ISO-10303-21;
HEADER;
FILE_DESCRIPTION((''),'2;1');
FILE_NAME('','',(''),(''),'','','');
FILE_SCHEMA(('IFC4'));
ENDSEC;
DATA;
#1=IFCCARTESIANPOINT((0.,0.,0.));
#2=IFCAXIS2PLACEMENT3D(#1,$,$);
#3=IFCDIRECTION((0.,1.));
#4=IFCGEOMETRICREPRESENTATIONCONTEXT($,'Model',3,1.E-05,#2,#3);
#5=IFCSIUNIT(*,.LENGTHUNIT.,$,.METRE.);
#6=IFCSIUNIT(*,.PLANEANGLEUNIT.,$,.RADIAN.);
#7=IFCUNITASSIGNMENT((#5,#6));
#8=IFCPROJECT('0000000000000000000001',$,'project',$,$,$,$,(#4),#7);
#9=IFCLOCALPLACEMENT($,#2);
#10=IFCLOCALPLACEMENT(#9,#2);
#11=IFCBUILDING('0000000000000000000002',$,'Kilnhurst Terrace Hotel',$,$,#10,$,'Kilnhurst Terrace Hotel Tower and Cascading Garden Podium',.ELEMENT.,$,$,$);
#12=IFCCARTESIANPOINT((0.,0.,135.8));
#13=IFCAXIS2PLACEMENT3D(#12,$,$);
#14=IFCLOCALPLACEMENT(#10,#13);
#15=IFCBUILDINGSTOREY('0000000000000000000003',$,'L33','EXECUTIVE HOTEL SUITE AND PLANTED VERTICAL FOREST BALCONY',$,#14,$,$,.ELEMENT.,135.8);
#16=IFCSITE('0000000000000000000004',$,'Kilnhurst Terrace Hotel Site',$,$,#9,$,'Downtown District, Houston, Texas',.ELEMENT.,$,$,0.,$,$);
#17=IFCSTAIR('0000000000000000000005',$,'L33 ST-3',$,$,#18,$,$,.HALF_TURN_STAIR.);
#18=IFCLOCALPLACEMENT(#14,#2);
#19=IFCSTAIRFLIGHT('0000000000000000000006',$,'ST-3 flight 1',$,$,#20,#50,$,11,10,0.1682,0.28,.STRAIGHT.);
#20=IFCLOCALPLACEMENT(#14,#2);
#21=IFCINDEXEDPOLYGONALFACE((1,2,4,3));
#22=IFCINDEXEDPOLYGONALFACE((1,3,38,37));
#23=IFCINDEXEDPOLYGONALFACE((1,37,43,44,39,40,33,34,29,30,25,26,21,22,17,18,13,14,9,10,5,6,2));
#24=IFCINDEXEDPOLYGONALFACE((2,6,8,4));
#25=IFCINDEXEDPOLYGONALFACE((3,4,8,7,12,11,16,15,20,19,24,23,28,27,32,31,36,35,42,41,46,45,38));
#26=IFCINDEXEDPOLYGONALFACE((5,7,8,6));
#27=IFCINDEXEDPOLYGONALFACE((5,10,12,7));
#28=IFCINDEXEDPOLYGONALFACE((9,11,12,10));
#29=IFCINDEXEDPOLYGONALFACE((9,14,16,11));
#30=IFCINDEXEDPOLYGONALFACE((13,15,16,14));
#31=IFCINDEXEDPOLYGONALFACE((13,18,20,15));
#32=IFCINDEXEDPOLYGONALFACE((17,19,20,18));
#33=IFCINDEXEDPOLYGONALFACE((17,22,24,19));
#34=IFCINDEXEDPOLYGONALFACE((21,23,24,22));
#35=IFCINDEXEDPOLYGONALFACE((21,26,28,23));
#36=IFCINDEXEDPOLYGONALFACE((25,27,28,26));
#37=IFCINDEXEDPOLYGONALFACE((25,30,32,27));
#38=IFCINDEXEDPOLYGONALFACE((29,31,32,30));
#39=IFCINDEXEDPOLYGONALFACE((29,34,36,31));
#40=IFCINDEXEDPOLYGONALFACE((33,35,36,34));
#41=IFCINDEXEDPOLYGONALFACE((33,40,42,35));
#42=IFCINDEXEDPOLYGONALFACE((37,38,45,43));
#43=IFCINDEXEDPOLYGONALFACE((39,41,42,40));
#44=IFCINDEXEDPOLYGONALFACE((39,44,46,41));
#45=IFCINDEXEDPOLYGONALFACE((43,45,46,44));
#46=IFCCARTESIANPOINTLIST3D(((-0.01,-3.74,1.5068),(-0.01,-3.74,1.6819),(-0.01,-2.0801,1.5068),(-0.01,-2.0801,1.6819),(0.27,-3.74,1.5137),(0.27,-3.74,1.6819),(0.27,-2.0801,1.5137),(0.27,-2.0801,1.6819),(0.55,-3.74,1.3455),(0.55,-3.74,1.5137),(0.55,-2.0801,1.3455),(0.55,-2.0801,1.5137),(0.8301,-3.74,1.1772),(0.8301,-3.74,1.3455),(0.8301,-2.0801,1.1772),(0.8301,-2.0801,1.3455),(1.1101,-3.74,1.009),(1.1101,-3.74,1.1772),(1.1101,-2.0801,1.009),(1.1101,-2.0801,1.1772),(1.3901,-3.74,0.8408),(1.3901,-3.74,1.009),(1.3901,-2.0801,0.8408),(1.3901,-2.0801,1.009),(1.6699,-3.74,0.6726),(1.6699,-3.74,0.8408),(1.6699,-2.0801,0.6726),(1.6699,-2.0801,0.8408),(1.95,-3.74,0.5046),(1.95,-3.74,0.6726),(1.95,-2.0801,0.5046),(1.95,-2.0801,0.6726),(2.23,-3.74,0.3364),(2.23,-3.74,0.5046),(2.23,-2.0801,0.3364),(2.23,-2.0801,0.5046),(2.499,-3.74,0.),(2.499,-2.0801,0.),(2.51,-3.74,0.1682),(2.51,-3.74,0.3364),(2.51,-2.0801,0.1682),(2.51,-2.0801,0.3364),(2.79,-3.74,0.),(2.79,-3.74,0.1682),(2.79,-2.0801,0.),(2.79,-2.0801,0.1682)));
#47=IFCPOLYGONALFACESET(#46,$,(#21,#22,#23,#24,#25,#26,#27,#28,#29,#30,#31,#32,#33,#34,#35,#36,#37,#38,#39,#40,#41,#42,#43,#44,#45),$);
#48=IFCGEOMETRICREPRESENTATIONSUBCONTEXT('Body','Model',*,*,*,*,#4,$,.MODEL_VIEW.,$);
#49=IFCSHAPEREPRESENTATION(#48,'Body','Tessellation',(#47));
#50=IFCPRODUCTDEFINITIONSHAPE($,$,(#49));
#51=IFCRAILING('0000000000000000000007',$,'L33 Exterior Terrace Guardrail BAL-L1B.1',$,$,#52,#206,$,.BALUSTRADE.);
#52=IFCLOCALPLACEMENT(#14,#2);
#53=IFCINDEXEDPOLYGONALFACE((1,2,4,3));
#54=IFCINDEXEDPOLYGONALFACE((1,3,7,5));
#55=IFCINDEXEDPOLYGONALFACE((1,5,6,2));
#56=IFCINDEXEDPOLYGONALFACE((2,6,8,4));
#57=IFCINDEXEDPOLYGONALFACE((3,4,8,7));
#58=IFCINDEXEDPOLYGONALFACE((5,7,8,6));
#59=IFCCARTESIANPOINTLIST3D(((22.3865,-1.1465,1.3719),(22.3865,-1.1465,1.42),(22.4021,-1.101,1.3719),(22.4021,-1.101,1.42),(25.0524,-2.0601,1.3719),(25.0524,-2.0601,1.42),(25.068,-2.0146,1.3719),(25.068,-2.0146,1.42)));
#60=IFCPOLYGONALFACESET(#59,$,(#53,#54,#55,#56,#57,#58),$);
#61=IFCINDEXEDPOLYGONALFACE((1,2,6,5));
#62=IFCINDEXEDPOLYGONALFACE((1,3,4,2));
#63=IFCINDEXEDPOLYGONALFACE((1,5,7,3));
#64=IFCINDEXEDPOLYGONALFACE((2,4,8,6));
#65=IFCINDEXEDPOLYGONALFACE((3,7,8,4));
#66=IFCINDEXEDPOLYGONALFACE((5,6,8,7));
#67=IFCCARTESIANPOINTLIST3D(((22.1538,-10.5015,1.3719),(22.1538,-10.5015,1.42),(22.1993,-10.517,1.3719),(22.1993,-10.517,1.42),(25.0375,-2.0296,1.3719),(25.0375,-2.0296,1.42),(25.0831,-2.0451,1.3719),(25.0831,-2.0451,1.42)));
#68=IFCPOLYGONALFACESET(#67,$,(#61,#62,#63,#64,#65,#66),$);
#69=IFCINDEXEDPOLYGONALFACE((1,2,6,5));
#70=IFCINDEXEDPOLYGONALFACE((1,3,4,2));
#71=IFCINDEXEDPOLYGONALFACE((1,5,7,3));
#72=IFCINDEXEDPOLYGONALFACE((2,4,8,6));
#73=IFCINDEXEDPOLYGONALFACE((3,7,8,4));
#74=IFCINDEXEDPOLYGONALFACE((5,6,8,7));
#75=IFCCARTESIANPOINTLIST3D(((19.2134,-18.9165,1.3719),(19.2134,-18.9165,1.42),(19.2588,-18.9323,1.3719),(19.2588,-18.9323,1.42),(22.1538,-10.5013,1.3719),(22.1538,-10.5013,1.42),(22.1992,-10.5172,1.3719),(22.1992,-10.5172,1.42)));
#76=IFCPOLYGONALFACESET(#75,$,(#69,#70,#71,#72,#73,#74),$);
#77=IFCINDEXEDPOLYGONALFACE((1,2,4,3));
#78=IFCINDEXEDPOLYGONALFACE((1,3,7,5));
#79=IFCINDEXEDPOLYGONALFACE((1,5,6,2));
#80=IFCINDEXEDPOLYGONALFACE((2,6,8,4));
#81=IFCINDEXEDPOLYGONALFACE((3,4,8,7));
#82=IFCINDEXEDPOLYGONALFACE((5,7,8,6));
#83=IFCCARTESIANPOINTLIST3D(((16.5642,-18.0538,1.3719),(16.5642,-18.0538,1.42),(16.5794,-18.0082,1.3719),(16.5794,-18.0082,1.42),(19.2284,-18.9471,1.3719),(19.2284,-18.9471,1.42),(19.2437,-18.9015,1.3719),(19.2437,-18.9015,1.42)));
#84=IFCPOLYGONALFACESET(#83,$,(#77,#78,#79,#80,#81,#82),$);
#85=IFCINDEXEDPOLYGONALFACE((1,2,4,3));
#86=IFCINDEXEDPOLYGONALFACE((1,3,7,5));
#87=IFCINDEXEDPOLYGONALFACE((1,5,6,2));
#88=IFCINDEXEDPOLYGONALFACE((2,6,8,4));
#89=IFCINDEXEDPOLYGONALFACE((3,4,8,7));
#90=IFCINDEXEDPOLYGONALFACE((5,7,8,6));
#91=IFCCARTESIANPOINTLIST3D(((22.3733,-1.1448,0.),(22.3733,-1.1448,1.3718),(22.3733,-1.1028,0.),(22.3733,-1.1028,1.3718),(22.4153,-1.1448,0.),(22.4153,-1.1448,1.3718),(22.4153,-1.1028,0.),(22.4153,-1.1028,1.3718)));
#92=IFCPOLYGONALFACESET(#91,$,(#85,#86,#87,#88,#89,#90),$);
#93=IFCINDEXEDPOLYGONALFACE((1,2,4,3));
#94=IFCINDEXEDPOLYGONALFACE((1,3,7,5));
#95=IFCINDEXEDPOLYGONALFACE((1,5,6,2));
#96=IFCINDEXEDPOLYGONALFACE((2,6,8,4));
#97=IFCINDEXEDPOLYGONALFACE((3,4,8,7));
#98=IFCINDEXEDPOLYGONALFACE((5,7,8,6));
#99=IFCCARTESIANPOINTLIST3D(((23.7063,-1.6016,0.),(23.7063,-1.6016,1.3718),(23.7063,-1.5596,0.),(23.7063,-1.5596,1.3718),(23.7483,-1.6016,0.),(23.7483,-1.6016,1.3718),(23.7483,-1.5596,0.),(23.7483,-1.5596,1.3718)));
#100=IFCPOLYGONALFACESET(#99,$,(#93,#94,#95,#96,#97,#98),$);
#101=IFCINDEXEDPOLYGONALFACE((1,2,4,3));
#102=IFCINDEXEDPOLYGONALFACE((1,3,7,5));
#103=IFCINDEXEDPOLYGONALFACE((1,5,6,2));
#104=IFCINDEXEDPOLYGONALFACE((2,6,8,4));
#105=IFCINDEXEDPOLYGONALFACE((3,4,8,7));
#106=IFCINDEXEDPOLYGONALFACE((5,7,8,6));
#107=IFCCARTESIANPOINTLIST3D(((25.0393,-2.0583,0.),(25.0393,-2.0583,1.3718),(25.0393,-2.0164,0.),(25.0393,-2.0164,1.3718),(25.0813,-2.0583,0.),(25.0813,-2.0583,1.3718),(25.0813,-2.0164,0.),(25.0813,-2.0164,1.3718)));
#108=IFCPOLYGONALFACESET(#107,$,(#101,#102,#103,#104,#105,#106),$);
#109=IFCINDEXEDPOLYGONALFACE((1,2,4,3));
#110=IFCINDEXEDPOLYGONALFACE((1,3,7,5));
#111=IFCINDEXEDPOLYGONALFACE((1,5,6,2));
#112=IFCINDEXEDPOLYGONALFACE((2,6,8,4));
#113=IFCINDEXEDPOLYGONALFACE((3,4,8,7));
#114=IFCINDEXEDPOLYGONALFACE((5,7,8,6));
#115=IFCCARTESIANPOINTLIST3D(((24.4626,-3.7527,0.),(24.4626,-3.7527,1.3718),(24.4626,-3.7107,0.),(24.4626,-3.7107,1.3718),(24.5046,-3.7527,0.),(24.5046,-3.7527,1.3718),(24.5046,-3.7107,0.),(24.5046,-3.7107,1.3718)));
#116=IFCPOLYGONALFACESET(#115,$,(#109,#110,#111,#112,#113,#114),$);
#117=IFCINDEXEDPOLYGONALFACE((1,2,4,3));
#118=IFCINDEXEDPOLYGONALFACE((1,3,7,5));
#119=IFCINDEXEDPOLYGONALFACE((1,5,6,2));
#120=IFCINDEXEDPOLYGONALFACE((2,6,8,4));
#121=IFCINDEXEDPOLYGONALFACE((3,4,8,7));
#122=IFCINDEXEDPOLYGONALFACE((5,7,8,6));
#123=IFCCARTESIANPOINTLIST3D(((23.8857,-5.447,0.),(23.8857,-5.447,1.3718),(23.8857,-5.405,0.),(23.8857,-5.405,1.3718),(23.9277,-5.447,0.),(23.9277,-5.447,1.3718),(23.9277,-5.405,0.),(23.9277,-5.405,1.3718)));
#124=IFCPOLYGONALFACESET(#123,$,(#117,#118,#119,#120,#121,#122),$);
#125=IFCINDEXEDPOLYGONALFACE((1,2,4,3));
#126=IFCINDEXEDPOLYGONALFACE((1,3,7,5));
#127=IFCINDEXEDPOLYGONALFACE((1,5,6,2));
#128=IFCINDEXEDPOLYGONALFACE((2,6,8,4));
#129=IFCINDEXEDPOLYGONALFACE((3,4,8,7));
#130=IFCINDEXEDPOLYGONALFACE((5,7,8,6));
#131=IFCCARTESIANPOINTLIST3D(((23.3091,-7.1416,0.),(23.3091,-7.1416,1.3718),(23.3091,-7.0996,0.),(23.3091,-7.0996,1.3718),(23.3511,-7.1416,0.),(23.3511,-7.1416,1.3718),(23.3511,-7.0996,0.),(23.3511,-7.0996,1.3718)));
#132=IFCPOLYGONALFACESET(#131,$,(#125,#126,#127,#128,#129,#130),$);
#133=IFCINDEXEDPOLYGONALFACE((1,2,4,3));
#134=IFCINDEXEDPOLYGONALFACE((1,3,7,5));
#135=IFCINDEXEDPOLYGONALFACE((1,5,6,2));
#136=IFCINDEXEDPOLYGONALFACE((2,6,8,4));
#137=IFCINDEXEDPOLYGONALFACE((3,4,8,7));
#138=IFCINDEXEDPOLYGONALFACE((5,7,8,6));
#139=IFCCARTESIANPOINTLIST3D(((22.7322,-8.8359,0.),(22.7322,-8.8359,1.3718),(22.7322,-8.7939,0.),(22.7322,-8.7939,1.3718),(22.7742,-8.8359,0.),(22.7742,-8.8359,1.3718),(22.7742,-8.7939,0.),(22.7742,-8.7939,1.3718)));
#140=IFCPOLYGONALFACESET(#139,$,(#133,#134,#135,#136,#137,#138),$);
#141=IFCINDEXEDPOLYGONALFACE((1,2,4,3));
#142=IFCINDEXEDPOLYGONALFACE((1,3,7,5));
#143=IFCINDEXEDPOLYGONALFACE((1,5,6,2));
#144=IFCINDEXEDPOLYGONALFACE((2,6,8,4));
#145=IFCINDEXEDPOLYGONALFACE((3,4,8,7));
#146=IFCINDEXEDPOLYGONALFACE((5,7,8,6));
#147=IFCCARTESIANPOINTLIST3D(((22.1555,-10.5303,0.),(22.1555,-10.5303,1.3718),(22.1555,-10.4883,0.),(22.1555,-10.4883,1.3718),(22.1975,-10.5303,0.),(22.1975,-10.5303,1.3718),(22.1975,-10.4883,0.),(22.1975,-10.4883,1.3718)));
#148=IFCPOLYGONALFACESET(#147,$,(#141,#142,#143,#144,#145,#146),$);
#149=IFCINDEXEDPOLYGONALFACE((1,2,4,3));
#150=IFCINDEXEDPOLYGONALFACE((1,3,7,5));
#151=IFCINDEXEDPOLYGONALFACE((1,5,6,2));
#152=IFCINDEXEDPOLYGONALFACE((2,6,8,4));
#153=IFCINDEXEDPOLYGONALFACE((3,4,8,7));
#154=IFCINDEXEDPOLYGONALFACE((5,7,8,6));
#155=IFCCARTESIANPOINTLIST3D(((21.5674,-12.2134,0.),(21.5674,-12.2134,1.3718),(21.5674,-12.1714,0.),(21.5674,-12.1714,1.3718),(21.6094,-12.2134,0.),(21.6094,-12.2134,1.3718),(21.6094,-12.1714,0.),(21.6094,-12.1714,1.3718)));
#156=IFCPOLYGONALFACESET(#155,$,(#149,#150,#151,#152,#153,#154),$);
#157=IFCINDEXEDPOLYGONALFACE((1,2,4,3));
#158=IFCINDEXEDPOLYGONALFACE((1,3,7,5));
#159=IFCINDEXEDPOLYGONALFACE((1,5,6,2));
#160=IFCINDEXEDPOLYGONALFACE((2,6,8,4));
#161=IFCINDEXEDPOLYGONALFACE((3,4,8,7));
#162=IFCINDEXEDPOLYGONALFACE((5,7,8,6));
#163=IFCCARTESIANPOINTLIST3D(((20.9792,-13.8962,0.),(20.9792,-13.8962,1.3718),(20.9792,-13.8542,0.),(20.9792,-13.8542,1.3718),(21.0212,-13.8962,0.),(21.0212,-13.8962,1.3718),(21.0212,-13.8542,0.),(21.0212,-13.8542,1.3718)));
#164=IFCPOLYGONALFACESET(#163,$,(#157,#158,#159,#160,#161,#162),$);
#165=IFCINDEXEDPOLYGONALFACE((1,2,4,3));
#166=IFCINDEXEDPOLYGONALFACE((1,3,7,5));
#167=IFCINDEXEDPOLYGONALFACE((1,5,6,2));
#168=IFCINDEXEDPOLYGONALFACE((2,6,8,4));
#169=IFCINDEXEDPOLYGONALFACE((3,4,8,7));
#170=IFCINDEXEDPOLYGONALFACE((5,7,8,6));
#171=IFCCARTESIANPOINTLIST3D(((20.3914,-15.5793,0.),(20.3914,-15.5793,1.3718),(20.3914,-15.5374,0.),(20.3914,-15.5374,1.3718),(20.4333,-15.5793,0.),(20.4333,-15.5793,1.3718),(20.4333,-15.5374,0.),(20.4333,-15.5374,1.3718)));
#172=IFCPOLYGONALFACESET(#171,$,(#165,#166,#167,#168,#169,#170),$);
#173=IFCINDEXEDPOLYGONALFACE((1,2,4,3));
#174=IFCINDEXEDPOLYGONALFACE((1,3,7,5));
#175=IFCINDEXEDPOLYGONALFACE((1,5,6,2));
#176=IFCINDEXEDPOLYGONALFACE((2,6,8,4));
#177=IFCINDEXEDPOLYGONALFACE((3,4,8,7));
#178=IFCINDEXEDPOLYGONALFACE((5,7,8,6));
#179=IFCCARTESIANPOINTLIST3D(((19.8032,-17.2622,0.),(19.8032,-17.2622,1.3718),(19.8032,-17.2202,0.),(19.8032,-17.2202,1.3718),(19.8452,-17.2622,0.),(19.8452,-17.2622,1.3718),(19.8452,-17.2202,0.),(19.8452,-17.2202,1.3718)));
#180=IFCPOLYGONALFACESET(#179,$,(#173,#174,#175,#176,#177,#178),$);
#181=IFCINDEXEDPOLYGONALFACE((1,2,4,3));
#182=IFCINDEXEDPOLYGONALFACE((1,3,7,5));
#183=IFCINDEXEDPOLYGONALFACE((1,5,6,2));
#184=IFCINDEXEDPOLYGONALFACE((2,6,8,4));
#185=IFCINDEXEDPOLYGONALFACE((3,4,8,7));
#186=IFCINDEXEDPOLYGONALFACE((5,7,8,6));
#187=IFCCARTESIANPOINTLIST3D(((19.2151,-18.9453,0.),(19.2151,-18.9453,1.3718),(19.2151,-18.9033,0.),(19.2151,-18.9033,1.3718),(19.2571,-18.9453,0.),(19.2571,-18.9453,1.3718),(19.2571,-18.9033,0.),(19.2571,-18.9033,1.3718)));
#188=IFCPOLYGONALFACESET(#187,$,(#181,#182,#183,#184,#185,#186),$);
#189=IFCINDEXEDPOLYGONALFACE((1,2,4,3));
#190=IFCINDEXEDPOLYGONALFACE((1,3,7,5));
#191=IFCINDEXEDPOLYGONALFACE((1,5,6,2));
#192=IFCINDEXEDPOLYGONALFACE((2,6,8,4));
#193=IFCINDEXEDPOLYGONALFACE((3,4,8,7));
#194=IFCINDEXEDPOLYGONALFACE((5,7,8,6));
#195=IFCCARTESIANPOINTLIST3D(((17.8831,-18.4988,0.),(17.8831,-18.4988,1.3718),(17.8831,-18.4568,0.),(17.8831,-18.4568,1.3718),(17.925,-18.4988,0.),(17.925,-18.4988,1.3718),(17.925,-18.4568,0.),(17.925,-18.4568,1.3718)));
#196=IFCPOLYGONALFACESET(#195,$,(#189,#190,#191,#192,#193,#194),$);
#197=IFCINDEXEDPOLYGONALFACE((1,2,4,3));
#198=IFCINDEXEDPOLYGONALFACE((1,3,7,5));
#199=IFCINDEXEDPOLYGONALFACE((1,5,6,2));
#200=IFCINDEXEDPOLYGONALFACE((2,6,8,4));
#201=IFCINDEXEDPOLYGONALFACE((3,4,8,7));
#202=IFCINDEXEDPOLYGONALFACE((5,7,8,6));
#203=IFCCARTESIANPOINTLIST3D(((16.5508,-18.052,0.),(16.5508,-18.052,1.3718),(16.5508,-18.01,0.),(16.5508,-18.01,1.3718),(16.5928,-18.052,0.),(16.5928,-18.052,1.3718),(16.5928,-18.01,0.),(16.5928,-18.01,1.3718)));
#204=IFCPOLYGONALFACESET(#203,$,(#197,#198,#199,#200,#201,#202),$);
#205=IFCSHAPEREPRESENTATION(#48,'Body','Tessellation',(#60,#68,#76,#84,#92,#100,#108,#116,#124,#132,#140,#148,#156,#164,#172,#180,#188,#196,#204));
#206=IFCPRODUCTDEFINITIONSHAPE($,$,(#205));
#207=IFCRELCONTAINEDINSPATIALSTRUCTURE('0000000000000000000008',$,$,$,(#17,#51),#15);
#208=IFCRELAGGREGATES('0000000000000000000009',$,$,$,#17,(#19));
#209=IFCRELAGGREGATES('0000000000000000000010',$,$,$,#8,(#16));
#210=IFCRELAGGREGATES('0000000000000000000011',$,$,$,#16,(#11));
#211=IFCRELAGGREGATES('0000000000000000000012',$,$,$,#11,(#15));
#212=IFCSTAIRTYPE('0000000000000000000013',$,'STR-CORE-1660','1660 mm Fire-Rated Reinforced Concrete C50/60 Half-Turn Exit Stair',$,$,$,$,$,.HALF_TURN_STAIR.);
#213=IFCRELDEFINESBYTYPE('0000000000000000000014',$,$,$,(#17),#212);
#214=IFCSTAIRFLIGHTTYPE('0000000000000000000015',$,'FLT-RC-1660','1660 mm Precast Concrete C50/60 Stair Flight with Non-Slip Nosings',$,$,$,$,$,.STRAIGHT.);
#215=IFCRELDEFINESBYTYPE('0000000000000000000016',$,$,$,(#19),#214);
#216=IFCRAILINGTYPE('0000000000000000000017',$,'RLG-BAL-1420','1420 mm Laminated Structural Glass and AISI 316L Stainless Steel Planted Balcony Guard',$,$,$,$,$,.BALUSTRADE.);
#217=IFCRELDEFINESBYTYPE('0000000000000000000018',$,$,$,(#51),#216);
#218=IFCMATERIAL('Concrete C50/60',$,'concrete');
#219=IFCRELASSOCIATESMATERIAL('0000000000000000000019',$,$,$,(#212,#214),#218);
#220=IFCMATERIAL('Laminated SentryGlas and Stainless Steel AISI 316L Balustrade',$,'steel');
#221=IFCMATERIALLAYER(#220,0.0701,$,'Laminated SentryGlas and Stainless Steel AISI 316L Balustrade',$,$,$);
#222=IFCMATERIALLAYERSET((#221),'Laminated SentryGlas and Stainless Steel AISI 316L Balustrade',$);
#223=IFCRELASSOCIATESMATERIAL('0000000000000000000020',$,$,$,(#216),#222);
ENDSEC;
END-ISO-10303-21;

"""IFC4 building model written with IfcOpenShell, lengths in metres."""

from ifc_helpers import new_model, si_unit, direction, frame, origin, origin_2d, place, context, subcontext, project, spatial, polyline, rectangle, outline, extrude, material, layer, layer_set, type_object, element, aggregate, save


model = new_model("IFC4")

# Units and contexts
model_context = context("Model", 3, precision=1e-05, world=origin(), true_north=direction((0.0, 1.0)))
body_context = subcontext(model_context, "Body", "Model", "MODEL_VIEW")
ifc_project = project(units=[si_unit("LENGTHUNIT", "METRE"), si_unit("PLANEANGLEUNIT", "RADIAN")], contexts=[model_context])

# Site, building, storey
site_placement = place(None, origin())
site = spatial("IfcSite", under=ifc_project, at=site_placement, Name="Kilnhurst Terrace Hotel Site", LongName="Downtown District, Houston, Texas", CompositionType="ELEMENT", RefElevation=0.0)
building_placement = place(site_placement, origin())
building = spatial("IfcBuilding", under=site, at=building_placement, Name="Kilnhurst Terrace Hotel", LongName="Kilnhurst Terrace Hotel Tower and Cascading Garden Podium", CompositionType="ELEMENT")
storey_placement = place(building_placement, frame((0.0, 0.0, 135.8)))
storey = spatial("IfcBuildingStorey", under=building, at=storey_placement, Name="L33", Description="EXECUTIVE HOTEL SUITE AND PLANTED VERTICAL FOREST BALCONY", CompositionType="ELEMENT", Elevation=135.8)

# Shared definitions
ifc_material_1 = material(Name="Concrete C50/60", Category="concrete")

# Stair, stair flight
stair_type = type_object("IfcStairType", Name="STR-CORE-1660", Description="1660 mm Fire-Rated Reinforced Concrete C50/60 Half-Turn Exit Stair", PredefinedType="HALF_TURN_STAIR", material=ifc_material_1)
stair_flight_type = type_object("IfcStairFlightType", Name="FLT-RC-1660", Description="1660 mm Precast Concrete C50/60 Stair Flight with Non-Slip Nosings", PredefinedType="STRAIGHT", material=ifc_material_1)
stair_1_placement = place(storey_placement, origin())
stair_1 = element("IfcStair", 1, at=stair_1_placement, inside=storey, type_object=stair_type, Name="L33 ST-3", PredefinedType="HALF_TURN_STAIR")
stair_flight_1_placement = place(storey_placement, frame((2.79, -2.9099, 0.0), z_axis=(0.0, 0.0, 1.0), x_axis=(-1.0, 0.0, 0.0)))
stair_flight_1 = element("IfcStairFlight", 2, at=stair_flight_1_placement, type_object=stair_flight_type, Name="ST-3 flight 1", NumberOfRisers=11, NumberOfTreads=10, PredefinedType="STRAIGHT", RiserHeight=0.1682, TreadLength=0.28, context=body_context, shape_type="SweptSolid", body=[
    extrude(outline(polyline([(0.0, 0.0), (0.0, 0.1682), (0.28, 0.1682), (0.28, 0.3364), (0.5601, 0.3364), (0.5601, 0.5046), (0.8401, 0.5046), (0.8401, 0.6726), (1.1201, 0.6726), (1.1201, 0.8408), (1.3999, 0.8408), (1.3999, 1.009), (1.6799, 1.009), (1.6799, 1.1772), (1.96, 1.1772), (1.96, 1.3455), (2.24, 1.3455), (2.24, 1.5137), (2.52, 1.5137), (2.52, 1.6819), (2.8, 1.6819), (2.8, 1.8501), (2.8, 1.5068), (0.291, 0.0), (0.0, 0.0)])), frame((0.0, 0.8301, 0.0), z_axis=(0.0, -1.0, 0.0), x_axis=(1.0, 0.0, 0.0)), (0.0, 0.0, 1.0), 1.6599),
])
aggregate(stair_1, [stair_flight_1])

# Railing
ifc_material_2 = material(Name="Laminated SentryGlas and Stainless Steel AISI 316L Balustrade", Category="steel")
ifc_layer_1 = layer(ifc_material_2, 0.0701, Name="Laminated SentryGlas and Stainless Steel AISI 316L Balustrade")
ifc_layer_set_1 = layer_set([ifc_layer_1], Name="Laminated SentryGlas and Stainless Steel AISI 316L Balustrade")
railing_type_1 = type_object("IfcRailingType", Name="RLG-BAL-1420", Description="1420 mm Laminated Structural Glass and AISI 316L Stainless Steel Planted Balcony Guard", PredefinedType="BALUSTRADE", material=ifc_layer_set_1)
railing_1_placement = place(storey_placement, frame((22.3943, -1.1238, 0.0)))
element("IfcRailing", 3, at=railing_1_placement, inside=storey, type_object=railing_type_1, Name="L33 Exterior Terrace Guardrail BAL-L1B.1", PredefinedType="BALUSTRADE", context=body_context, shape_type="SweptSolid", body=[
    extrude(rectangle(XDim=0.0481, YDim=0.0481, at=origin_2d()), frame((0.0, 0.0, 1.396), z_axis=(0.945999, -0.324169, 0.0), x_axis=(0.324169, 0.945999, 0.0)), (0.0, 0.0, 1.0), 2.8181),
    extrude(rectangle(XDim=0.0481, YDim=0.0481, at=origin_2d()), frame((2.666, -0.9136, 1.396), z_axis=(-0.322237, -0.946659, 0.0), x_axis=(0.946659, -0.322237, 0.0)), (0.0, 0.0, 1.0), 8.9492),
    extrude(rectangle(XDim=0.0481, YDim=0.0481, at=origin_2d()), frame((-0.2178, -9.3855, 1.396), z_axis=(-0.329867, -0.944027, 0.0), x_axis=(0.944027, -0.329867, 0.0)), (0.0, 0.0, 1.0), 8.9141),
    extrude(rectangle(XDim=0.0481, YDim=0.0481, at=origin_2d()), frame((-3.1582, -17.8005, 1.396), z_axis=(-0.948126, 0.317895, 0.0), x_axis=(-0.317895, -0.948126, 0.0)), (0.0, 0.0, 1.0), 2.8101),
    extrude(rectangle(XDim=0.042, YDim=0.042, at=origin_2d()), origin(), (0.0, 0.0, 1.0), 1.3718),
    extrude(rectangle(XDim=0.042, YDim=0.042, at=origin_2d()), frame((1.333, -0.4568, 0.0)), (0.0, 0.0, 1.0), 1.3718),
    extrude(rectangle(XDim=0.042, YDim=0.042, at=origin_2d()), frame((2.666, -0.9136, 0.0)), (0.0, 0.0, 1.0), 1.3718),
    extrude(rectangle(XDim=0.042, YDim=0.042, at=origin_2d()), frame((2.0894, -2.6079, 0.0)), (0.0, 0.0, 1.0), 1.3718),
    extrude(rectangle(XDim=0.042, YDim=0.042, at=origin_2d()), frame((1.5125, -4.3022, 0.0)), (0.0, 0.0, 1.0), 1.3718),
    extrude(rectangle(XDim=0.042, YDim=0.042, at=origin_2d()), frame((0.9358, -5.9968, 0.0)), (0.0, 0.0, 1.0), 1.3718),
    extrude(rectangle(XDim=0.042, YDim=0.042, at=origin_2d()), frame((0.3589, -7.6912, 0.0)), (0.0, 0.0, 1.0), 1.3718),
    extrude(rectangle(XDim=0.042, YDim=0.042, at=origin_2d()), frame((-0.2178, -9.3855, 0.0)), (0.0, 0.0, 1.0), 1.3718),
    extrude(rectangle(XDim=0.042, YDim=0.042, at=origin_2d()), frame((-0.8059, -11.0686, 0.0)), (0.0, 0.0, 1.0), 1.3718),
    extrude(rectangle(XDim=0.042, YDim=0.042, at=origin_2d()), frame((-1.394, -12.7515, 0.0)), (0.0, 0.0, 1.0), 1.3718),
    extrude(rectangle(XDim=0.042, YDim=0.042, at=origin_2d()), frame((-1.9819, -14.4346, 0.0)), (0.0, 0.0, 1.0), 1.3718),
    extrude(rectangle(XDim=0.042, YDim=0.042, at=origin_2d()), frame((-2.5701, -16.1174, 0.0)), (0.0, 0.0, 1.0), 1.3718),
    extrude(rectangle(XDim=0.042, YDim=0.042, at=origin_2d()), frame((-3.1582, -17.8005, 0.0)), (0.0, 0.0, 1.0), 1.3718),
    extrude(rectangle(XDim=0.042, YDim=0.042, at=origin_2d()), frame((-4.4902, -17.354, 0.0)), (0.0, 0.0, 1.0), 1.3718),
    extrude(rectangle(XDim=0.042, YDim=0.042, at=origin_2d()), frame((-5.8225, -16.9072, 0.0)), (0.0, 0.0, 1.0), 1.3718),
])

save(model, "model.ifc")
